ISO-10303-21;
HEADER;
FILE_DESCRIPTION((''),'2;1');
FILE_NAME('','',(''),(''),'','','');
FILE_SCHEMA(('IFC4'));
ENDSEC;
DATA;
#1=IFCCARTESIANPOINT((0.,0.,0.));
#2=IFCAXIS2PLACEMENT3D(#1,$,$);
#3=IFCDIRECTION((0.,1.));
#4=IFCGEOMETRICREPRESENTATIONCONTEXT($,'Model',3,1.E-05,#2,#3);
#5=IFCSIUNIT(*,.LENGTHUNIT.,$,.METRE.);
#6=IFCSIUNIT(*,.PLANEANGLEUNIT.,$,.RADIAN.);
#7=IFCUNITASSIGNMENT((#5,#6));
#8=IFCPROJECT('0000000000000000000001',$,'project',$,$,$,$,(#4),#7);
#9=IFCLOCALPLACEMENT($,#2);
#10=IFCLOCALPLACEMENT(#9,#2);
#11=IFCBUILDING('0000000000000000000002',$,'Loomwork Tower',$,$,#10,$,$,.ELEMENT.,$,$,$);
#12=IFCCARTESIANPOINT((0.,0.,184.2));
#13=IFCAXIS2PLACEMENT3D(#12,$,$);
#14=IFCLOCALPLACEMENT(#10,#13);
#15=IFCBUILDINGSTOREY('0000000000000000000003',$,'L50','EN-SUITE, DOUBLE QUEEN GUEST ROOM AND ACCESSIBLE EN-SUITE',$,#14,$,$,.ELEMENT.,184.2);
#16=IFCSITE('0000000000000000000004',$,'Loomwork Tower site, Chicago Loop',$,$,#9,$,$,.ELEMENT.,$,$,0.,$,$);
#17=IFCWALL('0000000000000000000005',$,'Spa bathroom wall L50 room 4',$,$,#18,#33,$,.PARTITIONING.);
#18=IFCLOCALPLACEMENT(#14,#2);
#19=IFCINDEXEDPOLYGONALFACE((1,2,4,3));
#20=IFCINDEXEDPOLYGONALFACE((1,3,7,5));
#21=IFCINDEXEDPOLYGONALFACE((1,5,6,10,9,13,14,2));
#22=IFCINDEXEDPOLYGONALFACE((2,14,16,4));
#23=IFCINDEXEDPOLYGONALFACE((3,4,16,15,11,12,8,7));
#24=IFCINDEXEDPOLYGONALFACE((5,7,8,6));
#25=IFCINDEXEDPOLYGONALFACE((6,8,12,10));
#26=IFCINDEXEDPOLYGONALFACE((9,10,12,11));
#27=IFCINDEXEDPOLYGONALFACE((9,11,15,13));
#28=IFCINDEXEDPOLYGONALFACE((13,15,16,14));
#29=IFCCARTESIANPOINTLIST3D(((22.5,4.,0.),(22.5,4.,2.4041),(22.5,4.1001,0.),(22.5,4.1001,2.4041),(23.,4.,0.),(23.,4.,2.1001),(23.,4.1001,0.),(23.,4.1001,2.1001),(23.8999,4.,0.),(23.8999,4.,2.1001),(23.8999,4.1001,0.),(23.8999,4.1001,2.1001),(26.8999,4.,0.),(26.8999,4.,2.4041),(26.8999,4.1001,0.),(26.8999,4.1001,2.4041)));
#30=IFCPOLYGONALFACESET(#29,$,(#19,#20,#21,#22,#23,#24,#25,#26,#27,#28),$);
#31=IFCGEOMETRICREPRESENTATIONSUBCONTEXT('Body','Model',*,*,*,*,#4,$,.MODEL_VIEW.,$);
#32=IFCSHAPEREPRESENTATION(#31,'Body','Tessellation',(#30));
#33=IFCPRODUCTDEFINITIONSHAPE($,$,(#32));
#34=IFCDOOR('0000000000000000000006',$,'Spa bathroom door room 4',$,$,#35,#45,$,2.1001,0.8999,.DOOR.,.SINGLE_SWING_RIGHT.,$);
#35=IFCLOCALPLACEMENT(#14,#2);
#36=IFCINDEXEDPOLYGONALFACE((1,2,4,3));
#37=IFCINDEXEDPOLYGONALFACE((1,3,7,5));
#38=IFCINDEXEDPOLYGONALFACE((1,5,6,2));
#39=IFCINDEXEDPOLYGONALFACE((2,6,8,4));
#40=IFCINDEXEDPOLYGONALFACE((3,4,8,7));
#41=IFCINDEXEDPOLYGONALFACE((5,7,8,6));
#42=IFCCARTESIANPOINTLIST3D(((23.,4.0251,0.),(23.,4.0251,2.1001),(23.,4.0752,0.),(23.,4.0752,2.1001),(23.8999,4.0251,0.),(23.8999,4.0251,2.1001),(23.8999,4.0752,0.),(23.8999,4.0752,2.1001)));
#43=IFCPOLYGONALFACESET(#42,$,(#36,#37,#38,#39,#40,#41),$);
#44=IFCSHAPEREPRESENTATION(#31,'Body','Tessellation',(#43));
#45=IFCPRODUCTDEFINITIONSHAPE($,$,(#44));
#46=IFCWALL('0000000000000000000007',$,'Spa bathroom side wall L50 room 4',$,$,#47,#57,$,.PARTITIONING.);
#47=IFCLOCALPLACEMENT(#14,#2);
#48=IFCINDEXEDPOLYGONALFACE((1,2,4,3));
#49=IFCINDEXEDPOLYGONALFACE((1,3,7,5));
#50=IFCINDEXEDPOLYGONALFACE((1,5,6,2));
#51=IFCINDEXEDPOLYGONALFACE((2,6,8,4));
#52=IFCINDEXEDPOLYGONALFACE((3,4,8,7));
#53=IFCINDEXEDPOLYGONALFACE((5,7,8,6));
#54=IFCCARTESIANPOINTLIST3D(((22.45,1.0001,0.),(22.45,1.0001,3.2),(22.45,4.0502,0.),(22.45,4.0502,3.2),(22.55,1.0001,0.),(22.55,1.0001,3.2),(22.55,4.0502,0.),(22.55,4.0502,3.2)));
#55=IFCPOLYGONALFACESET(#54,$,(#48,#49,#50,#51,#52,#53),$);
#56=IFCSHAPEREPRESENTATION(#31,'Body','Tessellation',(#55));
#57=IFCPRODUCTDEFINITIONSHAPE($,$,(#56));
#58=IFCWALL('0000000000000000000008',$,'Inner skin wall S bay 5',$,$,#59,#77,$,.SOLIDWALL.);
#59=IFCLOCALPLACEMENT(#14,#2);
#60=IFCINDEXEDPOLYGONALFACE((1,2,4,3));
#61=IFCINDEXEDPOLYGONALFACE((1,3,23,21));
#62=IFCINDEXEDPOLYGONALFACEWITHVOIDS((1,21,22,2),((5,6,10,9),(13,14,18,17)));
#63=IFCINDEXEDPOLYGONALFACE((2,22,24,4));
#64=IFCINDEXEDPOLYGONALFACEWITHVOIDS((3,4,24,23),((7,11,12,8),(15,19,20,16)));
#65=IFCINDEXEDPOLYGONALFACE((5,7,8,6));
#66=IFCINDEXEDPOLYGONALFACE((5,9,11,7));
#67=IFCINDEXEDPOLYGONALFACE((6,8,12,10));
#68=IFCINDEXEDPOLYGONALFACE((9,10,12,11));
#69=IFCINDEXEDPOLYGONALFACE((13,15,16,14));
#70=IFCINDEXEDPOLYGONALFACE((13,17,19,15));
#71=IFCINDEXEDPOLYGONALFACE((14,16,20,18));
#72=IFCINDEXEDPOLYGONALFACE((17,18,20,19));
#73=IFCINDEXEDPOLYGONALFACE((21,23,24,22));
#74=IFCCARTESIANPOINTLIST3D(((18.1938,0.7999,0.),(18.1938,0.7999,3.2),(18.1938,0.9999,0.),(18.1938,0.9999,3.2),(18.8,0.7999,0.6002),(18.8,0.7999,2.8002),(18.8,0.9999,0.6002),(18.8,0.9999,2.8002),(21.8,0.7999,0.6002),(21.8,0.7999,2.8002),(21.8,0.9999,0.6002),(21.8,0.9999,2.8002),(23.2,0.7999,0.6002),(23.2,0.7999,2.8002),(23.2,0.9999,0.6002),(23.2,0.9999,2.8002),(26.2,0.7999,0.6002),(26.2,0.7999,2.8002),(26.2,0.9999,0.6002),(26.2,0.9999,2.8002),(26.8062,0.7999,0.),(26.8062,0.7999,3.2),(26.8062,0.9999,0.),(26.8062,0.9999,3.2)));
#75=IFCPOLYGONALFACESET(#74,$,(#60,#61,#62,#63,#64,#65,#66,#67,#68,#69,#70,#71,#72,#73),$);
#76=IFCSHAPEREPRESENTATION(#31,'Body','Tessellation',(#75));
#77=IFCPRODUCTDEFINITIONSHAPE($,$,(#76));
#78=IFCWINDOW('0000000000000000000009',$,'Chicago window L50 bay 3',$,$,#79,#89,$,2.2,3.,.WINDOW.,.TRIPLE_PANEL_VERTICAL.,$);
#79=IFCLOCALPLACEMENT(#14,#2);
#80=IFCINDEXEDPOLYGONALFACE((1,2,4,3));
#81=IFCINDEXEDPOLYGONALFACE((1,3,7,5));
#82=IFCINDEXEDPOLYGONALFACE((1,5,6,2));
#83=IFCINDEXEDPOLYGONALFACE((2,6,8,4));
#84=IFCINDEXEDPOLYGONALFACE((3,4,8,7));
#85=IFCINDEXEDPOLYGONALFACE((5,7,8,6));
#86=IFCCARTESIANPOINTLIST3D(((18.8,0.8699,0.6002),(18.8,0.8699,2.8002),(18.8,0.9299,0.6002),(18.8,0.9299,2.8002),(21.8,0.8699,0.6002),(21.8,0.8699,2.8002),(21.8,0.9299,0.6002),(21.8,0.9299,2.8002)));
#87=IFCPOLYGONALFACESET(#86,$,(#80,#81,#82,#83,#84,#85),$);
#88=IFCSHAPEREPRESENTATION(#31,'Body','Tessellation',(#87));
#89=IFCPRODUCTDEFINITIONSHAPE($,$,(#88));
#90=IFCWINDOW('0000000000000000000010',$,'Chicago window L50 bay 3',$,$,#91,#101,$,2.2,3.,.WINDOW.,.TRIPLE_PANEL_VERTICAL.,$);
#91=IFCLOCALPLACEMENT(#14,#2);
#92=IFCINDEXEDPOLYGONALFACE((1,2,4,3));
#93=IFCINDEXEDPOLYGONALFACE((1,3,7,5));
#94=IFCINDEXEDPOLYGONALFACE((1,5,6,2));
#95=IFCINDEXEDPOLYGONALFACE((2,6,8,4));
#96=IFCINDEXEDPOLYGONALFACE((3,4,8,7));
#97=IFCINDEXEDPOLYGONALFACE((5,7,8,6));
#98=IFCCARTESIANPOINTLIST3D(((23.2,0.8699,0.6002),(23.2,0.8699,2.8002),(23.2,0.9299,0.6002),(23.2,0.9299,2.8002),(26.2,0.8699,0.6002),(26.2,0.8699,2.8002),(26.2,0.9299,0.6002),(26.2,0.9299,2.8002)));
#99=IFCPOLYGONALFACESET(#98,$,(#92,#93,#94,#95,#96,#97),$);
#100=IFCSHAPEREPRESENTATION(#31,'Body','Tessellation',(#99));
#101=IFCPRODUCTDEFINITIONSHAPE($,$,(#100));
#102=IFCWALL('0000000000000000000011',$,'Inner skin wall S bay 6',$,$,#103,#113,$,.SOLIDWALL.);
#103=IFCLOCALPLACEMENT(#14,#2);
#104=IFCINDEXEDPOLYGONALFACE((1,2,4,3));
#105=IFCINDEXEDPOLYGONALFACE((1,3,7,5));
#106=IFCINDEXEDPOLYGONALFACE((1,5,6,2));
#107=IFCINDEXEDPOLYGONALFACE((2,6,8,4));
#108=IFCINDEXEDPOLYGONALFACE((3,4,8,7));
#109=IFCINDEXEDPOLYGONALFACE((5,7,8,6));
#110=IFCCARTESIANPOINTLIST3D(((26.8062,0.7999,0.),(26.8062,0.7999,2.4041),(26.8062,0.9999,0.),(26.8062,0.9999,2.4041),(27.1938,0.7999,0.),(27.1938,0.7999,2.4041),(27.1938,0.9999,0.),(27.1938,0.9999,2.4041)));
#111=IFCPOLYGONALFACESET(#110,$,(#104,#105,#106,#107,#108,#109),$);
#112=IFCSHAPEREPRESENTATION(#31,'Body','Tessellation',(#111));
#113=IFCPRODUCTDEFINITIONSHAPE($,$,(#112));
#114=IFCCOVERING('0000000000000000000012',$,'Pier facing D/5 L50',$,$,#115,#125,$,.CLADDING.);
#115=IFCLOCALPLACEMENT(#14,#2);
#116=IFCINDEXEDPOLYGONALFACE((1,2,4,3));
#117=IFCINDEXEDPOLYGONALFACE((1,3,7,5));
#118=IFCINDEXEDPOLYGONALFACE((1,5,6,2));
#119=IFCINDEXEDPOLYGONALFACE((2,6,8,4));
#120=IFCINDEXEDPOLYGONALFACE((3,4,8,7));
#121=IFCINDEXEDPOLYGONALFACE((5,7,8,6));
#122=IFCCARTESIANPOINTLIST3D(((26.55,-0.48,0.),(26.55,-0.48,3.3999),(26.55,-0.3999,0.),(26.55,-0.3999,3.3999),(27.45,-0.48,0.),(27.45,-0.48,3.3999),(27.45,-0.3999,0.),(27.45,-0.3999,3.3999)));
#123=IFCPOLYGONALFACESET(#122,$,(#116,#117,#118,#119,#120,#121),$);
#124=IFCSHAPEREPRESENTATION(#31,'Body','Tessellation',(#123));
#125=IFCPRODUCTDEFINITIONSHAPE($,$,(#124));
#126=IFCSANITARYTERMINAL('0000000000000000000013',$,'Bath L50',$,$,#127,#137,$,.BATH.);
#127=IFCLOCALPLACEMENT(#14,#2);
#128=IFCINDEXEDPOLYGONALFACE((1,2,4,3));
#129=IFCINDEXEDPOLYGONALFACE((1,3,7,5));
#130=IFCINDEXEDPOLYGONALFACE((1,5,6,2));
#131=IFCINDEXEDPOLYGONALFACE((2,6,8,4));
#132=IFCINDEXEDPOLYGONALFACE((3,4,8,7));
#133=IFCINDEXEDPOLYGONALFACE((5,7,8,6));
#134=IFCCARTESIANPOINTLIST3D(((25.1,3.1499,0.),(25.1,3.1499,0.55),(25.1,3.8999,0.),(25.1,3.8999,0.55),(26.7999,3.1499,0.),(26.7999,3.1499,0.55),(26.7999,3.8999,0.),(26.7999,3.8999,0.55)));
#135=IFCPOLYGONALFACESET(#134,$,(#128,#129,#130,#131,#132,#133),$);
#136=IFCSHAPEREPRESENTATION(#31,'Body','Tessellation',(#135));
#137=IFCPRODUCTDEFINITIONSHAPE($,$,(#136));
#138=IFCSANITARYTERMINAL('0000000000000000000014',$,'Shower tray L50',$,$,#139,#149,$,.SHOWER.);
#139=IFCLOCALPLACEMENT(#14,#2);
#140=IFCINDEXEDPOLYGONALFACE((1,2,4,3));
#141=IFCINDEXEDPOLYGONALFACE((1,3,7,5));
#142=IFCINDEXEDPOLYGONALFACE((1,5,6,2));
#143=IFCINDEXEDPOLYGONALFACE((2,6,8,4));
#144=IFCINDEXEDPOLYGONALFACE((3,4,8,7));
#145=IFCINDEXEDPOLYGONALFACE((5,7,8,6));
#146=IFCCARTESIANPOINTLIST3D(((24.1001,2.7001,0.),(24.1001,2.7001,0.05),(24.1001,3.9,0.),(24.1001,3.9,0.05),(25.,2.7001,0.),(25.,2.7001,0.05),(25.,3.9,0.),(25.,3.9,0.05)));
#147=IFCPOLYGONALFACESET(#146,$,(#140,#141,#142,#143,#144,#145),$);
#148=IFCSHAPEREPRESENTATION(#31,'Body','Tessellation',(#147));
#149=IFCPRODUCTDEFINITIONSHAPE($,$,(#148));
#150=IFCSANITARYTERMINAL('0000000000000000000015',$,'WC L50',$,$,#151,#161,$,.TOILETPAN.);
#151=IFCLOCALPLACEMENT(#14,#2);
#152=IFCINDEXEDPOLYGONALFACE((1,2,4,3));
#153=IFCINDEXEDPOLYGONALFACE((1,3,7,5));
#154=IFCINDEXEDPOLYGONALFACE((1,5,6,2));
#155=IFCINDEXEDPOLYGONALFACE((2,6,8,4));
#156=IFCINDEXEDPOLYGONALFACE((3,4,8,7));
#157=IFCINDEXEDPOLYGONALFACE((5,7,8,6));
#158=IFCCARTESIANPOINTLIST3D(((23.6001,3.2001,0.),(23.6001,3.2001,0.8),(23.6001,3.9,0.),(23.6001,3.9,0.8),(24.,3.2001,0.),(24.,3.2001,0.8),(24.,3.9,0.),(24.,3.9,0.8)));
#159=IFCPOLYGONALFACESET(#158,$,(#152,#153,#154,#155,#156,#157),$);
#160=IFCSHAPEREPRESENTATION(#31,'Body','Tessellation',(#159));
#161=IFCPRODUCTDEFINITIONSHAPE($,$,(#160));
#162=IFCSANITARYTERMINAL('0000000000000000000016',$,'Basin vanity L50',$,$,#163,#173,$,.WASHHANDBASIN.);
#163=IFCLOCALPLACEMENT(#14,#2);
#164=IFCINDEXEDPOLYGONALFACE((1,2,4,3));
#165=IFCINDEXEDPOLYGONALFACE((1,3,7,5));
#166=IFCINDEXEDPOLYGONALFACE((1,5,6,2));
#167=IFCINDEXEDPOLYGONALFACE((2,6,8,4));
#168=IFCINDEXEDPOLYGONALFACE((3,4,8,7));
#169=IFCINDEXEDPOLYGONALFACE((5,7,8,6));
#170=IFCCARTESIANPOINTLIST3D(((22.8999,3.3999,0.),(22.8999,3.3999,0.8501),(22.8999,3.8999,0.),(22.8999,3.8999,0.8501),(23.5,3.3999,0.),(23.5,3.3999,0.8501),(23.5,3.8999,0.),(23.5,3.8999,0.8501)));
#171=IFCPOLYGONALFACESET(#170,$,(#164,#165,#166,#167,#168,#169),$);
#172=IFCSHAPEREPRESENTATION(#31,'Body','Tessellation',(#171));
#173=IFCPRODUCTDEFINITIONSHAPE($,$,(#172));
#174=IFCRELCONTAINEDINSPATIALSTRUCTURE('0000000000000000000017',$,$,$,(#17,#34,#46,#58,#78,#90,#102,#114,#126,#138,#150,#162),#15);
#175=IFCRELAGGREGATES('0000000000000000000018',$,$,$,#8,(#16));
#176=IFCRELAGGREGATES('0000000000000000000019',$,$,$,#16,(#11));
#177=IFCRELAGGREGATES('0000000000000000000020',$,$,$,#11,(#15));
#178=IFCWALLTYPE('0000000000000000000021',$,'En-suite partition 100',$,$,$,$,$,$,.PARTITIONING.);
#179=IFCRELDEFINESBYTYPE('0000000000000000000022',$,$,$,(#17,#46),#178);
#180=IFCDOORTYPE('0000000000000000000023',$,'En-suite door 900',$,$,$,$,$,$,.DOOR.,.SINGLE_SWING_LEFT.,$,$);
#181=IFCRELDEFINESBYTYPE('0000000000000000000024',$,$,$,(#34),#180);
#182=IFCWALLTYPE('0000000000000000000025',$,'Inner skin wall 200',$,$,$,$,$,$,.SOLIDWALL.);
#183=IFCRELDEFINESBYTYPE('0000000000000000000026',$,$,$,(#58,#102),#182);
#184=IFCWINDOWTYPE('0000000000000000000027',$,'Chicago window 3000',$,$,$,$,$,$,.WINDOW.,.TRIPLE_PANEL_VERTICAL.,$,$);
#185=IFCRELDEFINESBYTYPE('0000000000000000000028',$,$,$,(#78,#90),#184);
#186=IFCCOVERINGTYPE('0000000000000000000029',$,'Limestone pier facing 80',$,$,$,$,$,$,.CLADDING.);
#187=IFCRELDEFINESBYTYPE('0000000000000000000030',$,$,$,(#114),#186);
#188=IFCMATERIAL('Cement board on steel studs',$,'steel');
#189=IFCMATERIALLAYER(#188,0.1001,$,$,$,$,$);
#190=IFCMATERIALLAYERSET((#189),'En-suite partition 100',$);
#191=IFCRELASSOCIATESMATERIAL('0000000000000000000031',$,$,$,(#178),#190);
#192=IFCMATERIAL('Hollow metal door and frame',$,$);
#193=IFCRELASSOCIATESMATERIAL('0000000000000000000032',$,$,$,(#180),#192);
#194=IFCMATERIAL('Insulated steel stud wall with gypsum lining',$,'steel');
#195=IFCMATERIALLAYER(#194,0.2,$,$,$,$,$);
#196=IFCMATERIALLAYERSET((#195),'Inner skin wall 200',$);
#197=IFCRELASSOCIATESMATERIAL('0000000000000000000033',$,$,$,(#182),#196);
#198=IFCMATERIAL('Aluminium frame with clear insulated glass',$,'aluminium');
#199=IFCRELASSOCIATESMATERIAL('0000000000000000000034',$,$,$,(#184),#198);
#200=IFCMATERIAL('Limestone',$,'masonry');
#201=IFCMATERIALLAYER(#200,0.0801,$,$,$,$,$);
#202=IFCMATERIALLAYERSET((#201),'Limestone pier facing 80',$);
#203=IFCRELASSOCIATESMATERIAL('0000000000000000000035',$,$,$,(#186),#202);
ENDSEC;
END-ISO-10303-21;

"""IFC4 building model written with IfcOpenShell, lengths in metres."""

from ifc_helpers import new_model, si_unit, direction, frame, frame_2d, origin, origin_2d, place, context, subcontext, project, spatial, rectangle, extrude, material, layer, layer_set, type_object, element, fill, save


model = new_model("IFC4")

# Units and contexts
model_context = context("Model", 3, precision=1e-05, world=origin(), true_north=direction((0.0, 1.0)))
body_context = subcontext(model_context, "Body", "Model", "MODEL_VIEW")
ifc_project = project(units=[si_unit("LENGTHUNIT", "METRE"), si_unit("PLANEANGLEUNIT", "RADIAN")], contexts=[model_context])

# Site, building, storey
site_placement = place(None, origin())
site = spatial("IfcSite", under=ifc_project, at=site_placement, Name="Loomwork Tower site, Chicago Loop", CompositionType="ELEMENT", RefElevation=0.0)
building_placement = place(site_placement, origin())
building = spatial("IfcBuilding", under=site, at=building_placement, Name="Loomwork Tower", CompositionType="ELEMENT")
storey_placement = place(building_placement, frame((0.0, 0.0, 184.2)))
storey = spatial("IfcBuildingStorey", under=building, at=storey_placement, Name="L50", Description="EN-SUITE, DOUBLE QUEEN GUEST ROOM AND ACCESSIBLE EN-SUITE", CompositionType="ELEMENT", Elevation=184.2)

# Wall, opening, door
ifc_material_1 = material(Name="Cement board on steel studs", Category="steel")
ifc_layer_1 = layer(ifc_material_1, 0.1001)
ifc_layer_set_1 = layer_set([ifc_layer_1], Name="En-suite partition 100")
wall_type_1 = type_object("IfcWallType", Name="En-suite partition 100", PredefinedType="PARTITIONING", material=ifc_layer_set_1)
wall_1_placement = place(storey_placement, frame((22.5, 4.05, 0.0), z_axis=(0.0, 0.0, 1.0), x_axis=(1.0, 0.0, 0.0)))
wall_1 = element("IfcWall", 1, at=wall_1_placement, inside=storey, type_object=wall_type_1, Name="Spa bathroom wall L50 room 4", PredefinedType="PARTITIONING", context=body_context, shape_type="SweptSolid", body=[
    extrude(rectangle(XDim=4.3999, YDim=0.1001, at=frame_2d((2.2, 0.0))), origin(), (0.0, 0.0, 1.0), 2.4041),
])
opening_1_placement = place(wall_1_placement, frame((0.5, 0.0, 0.0)))
opening_1 = element("IfcOpeningElement", 2, at=opening_1_placement, cuts=wall_1, PredefinedType="OPENING", context=body_context, shape_type="SweptSolid", body=[
    extrude(rectangle(XDim=0.8999, YDim=2.1001, at=frame_2d((0.45, 1.05))), frame((0.0, 0.0601, 0.0), z_axis=(0.0, -1.0, 0.0), x_axis=(1.0, 0.0, 0.0)), (0.0, 0.0, 1.0), 0.1201),
])
ifc_material_2 = material(Name="Hollow metal door and frame")
door_type_1 = type_object("IfcDoorType", Name="En-suite door 900", OperationType="SINGLE_SWING_LEFT", PredefinedType="DOOR", material=ifc_material_2)
door_1_placement = place(opening_1_placement, frame((0.8999, 0.0, 0.0), z_axis=(0.0, 0.0, 1.0), x_axis=(-1.0, 0.0, 0.0)))
door_1 = element("IfcDoor", 3, at=door_1_placement, inside=storey, type_object=door_type_1, Name="Spa bathroom door room 4", OperationType="SINGLE_SWING_RIGHT", OverallHeight=2.1001, OverallWidth=0.8999, PredefinedType="DOOR", context=body_context, shape_type="SweptSolid", body=[
    extrude(rectangle(XDim=0.8999, YDim=2.1001, at=frame_2d((0.45, 1.05))), frame((0.0, 0.0249, 0.0), z_axis=(0.0, -1.0, 0.0), x_axis=(1.0, 0.0, 0.0)), (0.0, 0.0, 1.0), 0.05),
])
fill(opening_1, door_1)

# Wall
wall_2_placement = place(storey_placement, frame((22.5, 4.05, 0.0), z_axis=(0.0, 0.0, 1.0), x_axis=(0.0, -1.0, 0.0)))
element("IfcWall", 4, at=wall_2_placement, inside=storey, type_object=wall_type_1, Name="Spa bathroom side wall L50 room 4", PredefinedType="PARTITIONING", context=body_context, shape_type="SweptSolid", body=[
    extrude(rectangle(XDim=3.05, YDim=0.1001, at=frame_2d((1.5249, 0.0))), origin(), (0.0, 0.0, 1.0), 3.2),
])

# Wall, openings, windows
ifc_material_3 = material(Name="Insulated steel stud wall with gypsum lining", Category="steel")
ifc_layer_2 = layer(ifc_material_3, 0.2)
ifc_layer_set_2 = layer_set([ifc_layer_2], Name="Inner skin wall 200")
wall_type_2 = type_object("IfcWallType", Name="Inner skin wall 200", PredefinedType="SOLIDWALL", material=ifc_layer_set_2)
wall_3_placement = place(storey_placement, frame((18.1938, 0.8999, 0.0), z_axis=(0.0, 0.0, 1.0), x_axis=(1.0, 0.0, 0.0)))
wall_3 = element("IfcWall", 5, at=wall_3_placement, inside=storey, type_object=wall_type_2, Name="Inner skin wall S bay 5", PredefinedType="SOLIDWALL", context=body_context, shape_type="SweptSolid", body=[
    extrude(rectangle(XDim=8.6123, YDim=0.2, at=frame_2d((4.3062, 0.0))), origin(), (0.0, 0.0, 1.0), 3.2),
])
opening_2_placement = place(wall_3_placement, frame((0.6062, 0.0, 0.6001)))
opening_2 = element("IfcOpeningElement", 6, at=opening_2_placement, cuts=wall_3, PredefinedType="OPENING", context=body_context, shape_type="SweptSolid", body=[
    extrude(rectangle(XDim=3.0, YDim=2.2, at=frame_2d((1.5, 1.1001))), frame((0.0, 0.1099, 0.0), z_axis=(0.0, -1.0, 0.0), x_axis=(1.0, 0.0, 0.0)), (0.0, 0.0, 1.0), 0.22),
])
opening_3_placement = place(wall_3_placement, frame((5.0061, 0.0, 0.6001)))
opening_3 = element("IfcOpeningElement", 7, at=opening_3_placement, cuts=wall_3, PredefinedType="OPENING", context=body_context, shape_type="SweptSolid", body=[
    extrude(rectangle(XDim=3.0, YDim=2.2, at=frame_2d((1.5, 1.1001))), frame((0.0, 0.1099, 0.0), z_axis=(0.0, -1.0, 0.0), x_axis=(1.0, 0.0, 0.0)), (0.0, 0.0, 1.0), 0.22),
])
ifc_material_4 = material(Name="Aluminium frame with clear insulated glass", Category="aluminium")
window_type = type_object("IfcWindowType", Name="Chicago window 3000", PartitioningType="TRIPLE_PANEL_VERTICAL", PredefinedType="WINDOW", material=ifc_material_4)
window_1_placement = place(opening_2_placement, origin())
window_1 = element("IfcWindow", 8, at=window_1_placement, inside=storey, type_object=window_type, Name="Chicago window L50 bay 3", OverallHeight=2.2, OverallWidth=3.0, PartitioningType="TRIPLE_PANEL_VERTICAL", PredefinedType="WINDOW", context=body_context, shape_type="SweptSolid", body=[
    extrude(rectangle(XDim=3.0, YDim=2.2, at=frame_2d((1.5, 1.1001))), frame((0.0, 0.03, 0.0), z_axis=(0.0, -1.0, 0.0), x_axis=(1.0, 0.0, 0.0)), (0.0, 0.0, 1.0), 0.0601),
])
fill(opening_2, window_1)
window_2_placement = place(opening_3_placement, origin())
window_2 = element("IfcWindow", 9, at=window_2_placement, inside=storey, type_object=window_type, Name="Chicago window L50 bay 3", OverallHeight=2.2, OverallWidth=3.0, PartitioningType="TRIPLE_PANEL_VERTICAL", PredefinedType="WINDOW", context=body_context, shape_type="SweptSolid", body=[
    extrude(rectangle(XDim=3.0, YDim=2.2, at=frame_2d((1.5, 1.1001))), frame((0.0, 0.03, 0.0), z_axis=(0.0, -1.0, 0.0), x_axis=(1.0, 0.0, 0.0)), (0.0, 0.0, 1.0), 0.0601),
])
fill(opening_3, window_2)

# Wall
wall_4_placement = place(storey_placement, frame((26.8062, 0.8999, 0.0), z_axis=(0.0, 0.0, 1.0), x_axis=(1.0, 0.0, 0.0)))
element("IfcWall", 10, at=wall_4_placement, inside=storey, type_object=wall_type_2, Name="Inner skin wall S bay 6", PredefinedType="SOLIDWALL", context=body_context, shape_type="SweptSolid", body=[
    extrude(rectangle(XDim=0.3877, YDim=0.2, at=frame_2d((0.1938, 0.0))), origin(), (0.0, 0.0, 1.0), 2.4041),
])

# Covering
ifc_material_5 = material(Name="Limestone", Category="masonry")
ifc_layer_3 = layer(ifc_material_5, 0.0801)
ifc_layer_set_3 = layer_set([ifc_layer_3], Name="Limestone pier facing 80")
covering_type = type_object("IfcCoveringType", Name="Limestone pier facing 80", PredefinedType="CLADDING", material=ifc_layer_set_3)
covering_placement = place(storey_placement, frame((27.0, -0.4399, 0.0), z_axis=(0.0, 0.0, 1.0), x_axis=(1.0, 0.0, 0.0)))
element("IfcCovering", 11, at=covering_placement, inside=storey, type_object=covering_type, Name="Pier facing D/5 L50", PredefinedType="CLADDING", context=body_context, shape_type="SweptSolid", body=[
    extrude(rectangle(XDim=0.8999, YDim=0.0801, at=origin_2d()), origin(), (0.0, 0.0, 1.0), 3.3999),
])

# Sanitary terminals
sanitary_terminal_1_placement = place(storey_placement, frame((25.95, 3.5249, 0.0), z_axis=(0.0, 0.0, 1.0), x_axis=(1.0, 0.0, 0.0)))
element("IfcSanitaryTerminal", 12, at=sanitary_terminal_1_placement, inside=storey, Name="Bath L50", PredefinedType="BATH", context=body_context, shape_type="SweptSolid", body=[
    extrude(rectangle(XDim=1.7, YDim=0.75, at=origin_2d()), origin(), (0.0, 0.0, 1.0), 0.55),
])
sanitary_terminal_2_placement = place(storey_placement, frame((24.55, 3.3, 0.0), z_axis=(0.0, 0.0, 1.0), x_axis=(1.0, 0.0, 0.0)))
element("IfcSanitaryTerminal", 13, at=sanitary_terminal_2_placement, inside=storey, Name="Shower tray L50", PredefinedType="SHOWER", context=body_context, shape_type="SweptSolid", body=[
    extrude(rectangle(XDim=0.8999, YDim=1.2, at=origin_2d()), origin(), (0.0, 0.0, 1.0), 0.05),
])
sanitary_terminal_3_placement = place(storey_placement, frame((23.8, 3.55, 0.0), z_axis=(0.0, 0.0, 1.0), x_axis=(1.0, 0.0, 0.0)))
element("IfcSanitaryTerminal", 14, at=sanitary_terminal_3_placement, inside=storey, Name="WC L50", PredefinedType="TOILETPAN", context=body_context, shape_type="SweptSolid", body=[
    extrude(rectangle(XDim=0.3999, YDim=0.7, at=origin_2d()), origin(), (0.0, 0.0, 1.0), 0.8),
])
sanitary_terminal_4_placement = place(storey_placement, frame((23.2, 3.6499, 0.0), z_axis=(0.0, 0.0, 1.0), x_axis=(1.0, 0.0, 0.0)))
element("IfcSanitaryTerminal", 15, at=sanitary_terminal_4_placement, inside=storey, Name="Basin vanity L50", PredefinedType="WASHHANDBASIN", context=body_context, shape_type="SweptSolid", body=[
    extrude(rectangle(XDim=0.6001, YDim=0.5, at=origin_2d()), origin(), (0.0, 0.0, 1.0), 0.8501),
])

save(model, "model.ifc")
